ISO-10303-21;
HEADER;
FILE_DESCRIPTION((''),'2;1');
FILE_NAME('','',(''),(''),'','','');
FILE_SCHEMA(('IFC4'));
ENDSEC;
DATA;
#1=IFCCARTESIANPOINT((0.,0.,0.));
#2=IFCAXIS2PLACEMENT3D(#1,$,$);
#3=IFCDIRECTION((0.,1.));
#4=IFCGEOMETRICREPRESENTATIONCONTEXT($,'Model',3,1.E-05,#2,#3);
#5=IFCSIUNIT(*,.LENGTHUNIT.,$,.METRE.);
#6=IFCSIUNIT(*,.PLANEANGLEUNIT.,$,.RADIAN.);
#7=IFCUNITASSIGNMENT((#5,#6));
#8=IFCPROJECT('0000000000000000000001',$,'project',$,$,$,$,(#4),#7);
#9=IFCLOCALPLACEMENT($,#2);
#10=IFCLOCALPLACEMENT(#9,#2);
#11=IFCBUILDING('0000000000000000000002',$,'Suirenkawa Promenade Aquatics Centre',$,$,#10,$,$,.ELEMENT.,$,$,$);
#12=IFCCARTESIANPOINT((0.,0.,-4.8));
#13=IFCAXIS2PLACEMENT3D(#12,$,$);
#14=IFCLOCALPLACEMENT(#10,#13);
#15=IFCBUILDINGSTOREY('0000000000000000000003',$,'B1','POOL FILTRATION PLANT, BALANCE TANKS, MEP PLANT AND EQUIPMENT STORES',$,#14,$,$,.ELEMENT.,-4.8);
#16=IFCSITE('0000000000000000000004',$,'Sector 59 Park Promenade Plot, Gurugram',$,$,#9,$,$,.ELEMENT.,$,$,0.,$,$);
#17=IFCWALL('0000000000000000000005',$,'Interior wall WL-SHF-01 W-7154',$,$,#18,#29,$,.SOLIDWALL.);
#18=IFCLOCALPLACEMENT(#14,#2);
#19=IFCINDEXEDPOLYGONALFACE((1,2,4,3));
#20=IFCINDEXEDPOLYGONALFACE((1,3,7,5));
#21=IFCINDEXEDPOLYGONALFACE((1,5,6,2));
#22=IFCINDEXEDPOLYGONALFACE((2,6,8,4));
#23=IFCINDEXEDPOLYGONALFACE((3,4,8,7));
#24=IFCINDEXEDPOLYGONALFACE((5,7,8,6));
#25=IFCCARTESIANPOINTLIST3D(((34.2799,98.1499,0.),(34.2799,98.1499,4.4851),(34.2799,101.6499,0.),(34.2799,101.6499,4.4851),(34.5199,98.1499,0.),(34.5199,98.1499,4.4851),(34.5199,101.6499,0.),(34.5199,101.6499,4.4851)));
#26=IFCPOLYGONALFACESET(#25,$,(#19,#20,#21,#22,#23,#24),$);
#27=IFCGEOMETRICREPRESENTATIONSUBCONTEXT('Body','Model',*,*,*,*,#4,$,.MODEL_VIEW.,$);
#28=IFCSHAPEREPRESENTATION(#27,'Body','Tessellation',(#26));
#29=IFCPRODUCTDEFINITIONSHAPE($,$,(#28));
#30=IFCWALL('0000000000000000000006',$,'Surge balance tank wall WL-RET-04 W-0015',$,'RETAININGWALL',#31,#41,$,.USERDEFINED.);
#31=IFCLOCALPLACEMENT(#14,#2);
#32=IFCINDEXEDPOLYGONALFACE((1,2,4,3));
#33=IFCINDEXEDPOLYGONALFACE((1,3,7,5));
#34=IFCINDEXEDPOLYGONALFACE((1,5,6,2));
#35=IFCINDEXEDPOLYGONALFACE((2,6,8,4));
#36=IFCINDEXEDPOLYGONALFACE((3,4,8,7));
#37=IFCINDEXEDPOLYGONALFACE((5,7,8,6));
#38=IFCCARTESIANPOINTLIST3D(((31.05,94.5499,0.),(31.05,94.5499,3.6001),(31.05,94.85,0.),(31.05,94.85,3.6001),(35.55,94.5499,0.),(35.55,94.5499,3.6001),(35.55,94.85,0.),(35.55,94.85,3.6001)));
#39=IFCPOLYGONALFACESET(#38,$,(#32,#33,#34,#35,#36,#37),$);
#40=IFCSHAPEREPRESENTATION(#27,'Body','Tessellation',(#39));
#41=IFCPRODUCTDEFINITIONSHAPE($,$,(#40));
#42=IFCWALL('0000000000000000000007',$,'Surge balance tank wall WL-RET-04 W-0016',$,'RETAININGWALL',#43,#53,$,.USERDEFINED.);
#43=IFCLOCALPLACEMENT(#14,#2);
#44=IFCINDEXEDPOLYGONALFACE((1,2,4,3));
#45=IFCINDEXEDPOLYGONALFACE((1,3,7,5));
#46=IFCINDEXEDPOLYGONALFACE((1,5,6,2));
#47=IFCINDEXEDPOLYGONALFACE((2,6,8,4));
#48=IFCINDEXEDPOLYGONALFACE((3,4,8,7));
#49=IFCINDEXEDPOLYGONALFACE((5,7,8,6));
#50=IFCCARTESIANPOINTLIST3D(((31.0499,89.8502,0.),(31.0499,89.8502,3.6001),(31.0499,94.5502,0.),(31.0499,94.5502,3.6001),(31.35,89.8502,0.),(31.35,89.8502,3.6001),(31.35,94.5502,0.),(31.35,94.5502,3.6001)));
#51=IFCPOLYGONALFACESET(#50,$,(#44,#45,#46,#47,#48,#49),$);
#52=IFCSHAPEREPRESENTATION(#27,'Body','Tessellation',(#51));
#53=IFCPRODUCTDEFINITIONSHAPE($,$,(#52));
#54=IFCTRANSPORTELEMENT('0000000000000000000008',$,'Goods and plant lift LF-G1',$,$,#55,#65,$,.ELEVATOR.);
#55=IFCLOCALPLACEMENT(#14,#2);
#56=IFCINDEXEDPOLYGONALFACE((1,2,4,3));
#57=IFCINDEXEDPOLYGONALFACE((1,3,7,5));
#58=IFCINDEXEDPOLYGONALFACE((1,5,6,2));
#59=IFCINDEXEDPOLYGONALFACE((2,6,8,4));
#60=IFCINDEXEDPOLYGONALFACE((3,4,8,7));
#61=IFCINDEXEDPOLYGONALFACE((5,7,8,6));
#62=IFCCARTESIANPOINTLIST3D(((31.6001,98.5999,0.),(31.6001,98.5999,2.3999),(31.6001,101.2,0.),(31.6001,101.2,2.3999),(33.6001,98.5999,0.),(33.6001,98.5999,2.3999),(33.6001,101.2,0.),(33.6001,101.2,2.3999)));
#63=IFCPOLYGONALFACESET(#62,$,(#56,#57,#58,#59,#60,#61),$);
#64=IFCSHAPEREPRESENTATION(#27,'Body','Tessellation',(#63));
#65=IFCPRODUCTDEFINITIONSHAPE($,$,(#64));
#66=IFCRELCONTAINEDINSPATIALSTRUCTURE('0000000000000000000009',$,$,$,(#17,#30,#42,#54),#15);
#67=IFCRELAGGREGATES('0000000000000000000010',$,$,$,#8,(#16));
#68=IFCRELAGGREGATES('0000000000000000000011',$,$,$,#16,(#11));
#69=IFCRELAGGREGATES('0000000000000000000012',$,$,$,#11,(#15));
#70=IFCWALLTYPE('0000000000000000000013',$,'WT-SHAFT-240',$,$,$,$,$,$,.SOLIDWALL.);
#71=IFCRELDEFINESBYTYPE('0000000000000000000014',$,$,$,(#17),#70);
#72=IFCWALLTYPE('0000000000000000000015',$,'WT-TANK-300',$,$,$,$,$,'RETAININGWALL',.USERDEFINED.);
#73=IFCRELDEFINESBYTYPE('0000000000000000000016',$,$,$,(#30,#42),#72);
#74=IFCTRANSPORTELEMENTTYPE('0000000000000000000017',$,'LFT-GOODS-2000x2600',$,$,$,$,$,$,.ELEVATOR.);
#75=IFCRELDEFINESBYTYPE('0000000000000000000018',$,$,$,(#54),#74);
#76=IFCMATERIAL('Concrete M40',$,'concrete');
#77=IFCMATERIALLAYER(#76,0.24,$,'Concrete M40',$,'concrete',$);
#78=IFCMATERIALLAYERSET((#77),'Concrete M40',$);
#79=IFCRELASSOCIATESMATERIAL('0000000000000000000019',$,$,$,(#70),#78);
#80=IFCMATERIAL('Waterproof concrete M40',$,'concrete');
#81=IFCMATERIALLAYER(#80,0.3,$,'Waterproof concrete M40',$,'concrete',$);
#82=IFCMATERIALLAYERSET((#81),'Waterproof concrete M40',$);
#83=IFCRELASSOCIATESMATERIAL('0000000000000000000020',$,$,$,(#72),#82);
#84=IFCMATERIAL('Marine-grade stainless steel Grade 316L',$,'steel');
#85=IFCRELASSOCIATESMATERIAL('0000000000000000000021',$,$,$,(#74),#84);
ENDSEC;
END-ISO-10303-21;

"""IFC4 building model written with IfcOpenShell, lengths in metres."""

from ifc_helpers import new_model, si_unit, direction, frame, frame_2d, origin, origin_2d, place, context, subcontext, project, spatial, rectangle, extrude, material, layer, layer_set, type_object, element, save


model = new_model("IFC4")

# Units and contexts
model_context = context("Model", 3, precision=1e-05, world=origin(), true_north=direction((0.0, 1.0)))
body_context = subcontext(model_context, "Body", "Model", "MODEL_VIEW")
ifc_project = project(units=[si_unit("LENGTHUNIT", "METRE"), si_unit("PLANEANGLEUNIT", "RADIAN")], contexts=[model_context])

# Site, building, storey
site_placement = place(None, origin())
site = spatial("IfcSite", under=ifc_project, at=site_placement, Name="Sector 59 Park Promenade Plot, Gurugram", CompositionType="ELEMENT", RefElevation=0.0)
building_placement = place(site_placement, origin())
building = spatial("IfcBuilding", under=site, at=building_placement, Name="Suirenkawa Promenade Aquatics Centre", CompositionType="ELEMENT")
storey_placement = place(building_placement, frame((0.0, 0.0, -4.8)))
storey = spatial("IfcBuildingStorey", under=building, at=storey_placement, Name="B1", Description="POOL FILTRATION PLANT, BALANCE TANKS, MEP PLANT AND EQUIPMENT STORES", CompositionType="ELEMENT", Elevation=-4.8)

# Shared definitions
ifc_material_1 = material(Name="Concrete M40", Category="concrete")

# Shared definitions
ifc_layer_1 = layer(ifc_material_1, 0.24, Name="Concrete M40", Category="concrete")
ifc_layer_set_1 = layer_set([ifc_layer_1], Name="Concrete M40")
wall_type_1 = type_object("IfcWallType", Name="WT-SHAFT-240", PredefinedType="SOLIDWALL", material=ifc_layer_set_1)
ifc_material_2 = material(Name="Marine-grade stainless steel Grade 316L", Category="steel")

# Walls
for number, where, z_axis, x_axis, name in (
    (1, (34.3999, 98.1499, 0.0), (0.0, 0.0, 1.0), (0.0, 1.0, 0.0), "Interior wall WL-SHF-01 W-7154"),
):
    element("IfcWall", number, at=place(storey_placement, frame(where, z_axis=z_axis, x_axis=x_axis)), inside=storey, type_object=wall_type_1, Name=name, PredefinedType="SOLIDWALL", context=body_context, shape_type="SweptSolid", body=[
        extrude(rectangle(XDim=3.5, YDim=0.24, at=frame_2d((1.75, 0.0))), origin(), (0.0, 0.0, 1.0), 4.4851),
    ])
ifc_material_3 = material(Name="Waterproof concrete M40", Category="concrete")
ifc_layer_2 = layer(ifc_material_3, 0.3, Name="Waterproof concrete M40", Category="concrete")
ifc_layer_set_2 = layer_set([ifc_layer_2], Name="Waterproof concrete M40")
wall_type_2 = type_object("IfcWallType", Name="WT-TANK-300", ElementType="RETAININGWALL", PredefinedType="USERDEFINED", material=ifc_layer_set_2)
wall_1_placement = place(storey_placement, frame((31.05, 94.7, 0.0), z_axis=(0.0, 0.0, 1.0), x_axis=(1.0, 0.0, 0.0)))
element("IfcWall", 2, at=wall_1_placement, inside=storey, type_object=wall_type_2, Name="Surge balance tank wall WL-RET-04 W-0015", ObjectType="RETAININGWALL", PredefinedType="USERDEFINED", context=body_context, shape_type="SweptSolid", body=[
    extrude(rectangle(XDim=4.5, YDim=0.3, at=frame_2d((2.25, 0.0))), origin(), (0.0, 0.0, 1.0), 3.6001),
])
wall_2_placement = place(storey_placement, frame((31.2, 89.8501, 0.0), z_axis=(0.0, 0.0, 1.0), x_axis=(0.0, 1.0, 0.0)))
element("IfcWall", 3, at=wall_2_placement, inside=storey, type_object=wall_type_2, Name="Surge balance tank wall WL-RET-04 W-0016", ObjectType="RETAININGWALL", PredefinedType="USERDEFINED", context=body_context, shape_type="SweptSolid", body=[
    extrude(rectangle(XDim=4.7, YDim=0.3, at=frame_2d((2.3501, 0.0))), origin(), (0.0, 0.0, 1.0), 3.6001),
])

# Transport element
transport_element_type = type_object("IfcTransportElementType", Name="LFT-GOODS-2000x2600", PredefinedType="ELEVATOR", material=ifc_material_2)
transport_element_placement = place(storey_placement, frame((32.6001, 99.8999, 0.0), z_axis=(0.0, 0.0, 1.0), x_axis=(1.0, 0.0, 0.0)))
element("IfcTransportElement", 4, at=transport_element_placement, inside=storey, type_object=transport_element_type, Name="Goods and plant lift LF-G1", PredefinedType="ELEVATOR", context=body_context, shape_type="SweptSolid", body=[
    extrude(rectangle(XDim=2.0, YDim=2.6001, at=origin_2d()), origin(), (0.0, 0.0, 1.0), 2.3999),
])

save(model, "model.ifc")
